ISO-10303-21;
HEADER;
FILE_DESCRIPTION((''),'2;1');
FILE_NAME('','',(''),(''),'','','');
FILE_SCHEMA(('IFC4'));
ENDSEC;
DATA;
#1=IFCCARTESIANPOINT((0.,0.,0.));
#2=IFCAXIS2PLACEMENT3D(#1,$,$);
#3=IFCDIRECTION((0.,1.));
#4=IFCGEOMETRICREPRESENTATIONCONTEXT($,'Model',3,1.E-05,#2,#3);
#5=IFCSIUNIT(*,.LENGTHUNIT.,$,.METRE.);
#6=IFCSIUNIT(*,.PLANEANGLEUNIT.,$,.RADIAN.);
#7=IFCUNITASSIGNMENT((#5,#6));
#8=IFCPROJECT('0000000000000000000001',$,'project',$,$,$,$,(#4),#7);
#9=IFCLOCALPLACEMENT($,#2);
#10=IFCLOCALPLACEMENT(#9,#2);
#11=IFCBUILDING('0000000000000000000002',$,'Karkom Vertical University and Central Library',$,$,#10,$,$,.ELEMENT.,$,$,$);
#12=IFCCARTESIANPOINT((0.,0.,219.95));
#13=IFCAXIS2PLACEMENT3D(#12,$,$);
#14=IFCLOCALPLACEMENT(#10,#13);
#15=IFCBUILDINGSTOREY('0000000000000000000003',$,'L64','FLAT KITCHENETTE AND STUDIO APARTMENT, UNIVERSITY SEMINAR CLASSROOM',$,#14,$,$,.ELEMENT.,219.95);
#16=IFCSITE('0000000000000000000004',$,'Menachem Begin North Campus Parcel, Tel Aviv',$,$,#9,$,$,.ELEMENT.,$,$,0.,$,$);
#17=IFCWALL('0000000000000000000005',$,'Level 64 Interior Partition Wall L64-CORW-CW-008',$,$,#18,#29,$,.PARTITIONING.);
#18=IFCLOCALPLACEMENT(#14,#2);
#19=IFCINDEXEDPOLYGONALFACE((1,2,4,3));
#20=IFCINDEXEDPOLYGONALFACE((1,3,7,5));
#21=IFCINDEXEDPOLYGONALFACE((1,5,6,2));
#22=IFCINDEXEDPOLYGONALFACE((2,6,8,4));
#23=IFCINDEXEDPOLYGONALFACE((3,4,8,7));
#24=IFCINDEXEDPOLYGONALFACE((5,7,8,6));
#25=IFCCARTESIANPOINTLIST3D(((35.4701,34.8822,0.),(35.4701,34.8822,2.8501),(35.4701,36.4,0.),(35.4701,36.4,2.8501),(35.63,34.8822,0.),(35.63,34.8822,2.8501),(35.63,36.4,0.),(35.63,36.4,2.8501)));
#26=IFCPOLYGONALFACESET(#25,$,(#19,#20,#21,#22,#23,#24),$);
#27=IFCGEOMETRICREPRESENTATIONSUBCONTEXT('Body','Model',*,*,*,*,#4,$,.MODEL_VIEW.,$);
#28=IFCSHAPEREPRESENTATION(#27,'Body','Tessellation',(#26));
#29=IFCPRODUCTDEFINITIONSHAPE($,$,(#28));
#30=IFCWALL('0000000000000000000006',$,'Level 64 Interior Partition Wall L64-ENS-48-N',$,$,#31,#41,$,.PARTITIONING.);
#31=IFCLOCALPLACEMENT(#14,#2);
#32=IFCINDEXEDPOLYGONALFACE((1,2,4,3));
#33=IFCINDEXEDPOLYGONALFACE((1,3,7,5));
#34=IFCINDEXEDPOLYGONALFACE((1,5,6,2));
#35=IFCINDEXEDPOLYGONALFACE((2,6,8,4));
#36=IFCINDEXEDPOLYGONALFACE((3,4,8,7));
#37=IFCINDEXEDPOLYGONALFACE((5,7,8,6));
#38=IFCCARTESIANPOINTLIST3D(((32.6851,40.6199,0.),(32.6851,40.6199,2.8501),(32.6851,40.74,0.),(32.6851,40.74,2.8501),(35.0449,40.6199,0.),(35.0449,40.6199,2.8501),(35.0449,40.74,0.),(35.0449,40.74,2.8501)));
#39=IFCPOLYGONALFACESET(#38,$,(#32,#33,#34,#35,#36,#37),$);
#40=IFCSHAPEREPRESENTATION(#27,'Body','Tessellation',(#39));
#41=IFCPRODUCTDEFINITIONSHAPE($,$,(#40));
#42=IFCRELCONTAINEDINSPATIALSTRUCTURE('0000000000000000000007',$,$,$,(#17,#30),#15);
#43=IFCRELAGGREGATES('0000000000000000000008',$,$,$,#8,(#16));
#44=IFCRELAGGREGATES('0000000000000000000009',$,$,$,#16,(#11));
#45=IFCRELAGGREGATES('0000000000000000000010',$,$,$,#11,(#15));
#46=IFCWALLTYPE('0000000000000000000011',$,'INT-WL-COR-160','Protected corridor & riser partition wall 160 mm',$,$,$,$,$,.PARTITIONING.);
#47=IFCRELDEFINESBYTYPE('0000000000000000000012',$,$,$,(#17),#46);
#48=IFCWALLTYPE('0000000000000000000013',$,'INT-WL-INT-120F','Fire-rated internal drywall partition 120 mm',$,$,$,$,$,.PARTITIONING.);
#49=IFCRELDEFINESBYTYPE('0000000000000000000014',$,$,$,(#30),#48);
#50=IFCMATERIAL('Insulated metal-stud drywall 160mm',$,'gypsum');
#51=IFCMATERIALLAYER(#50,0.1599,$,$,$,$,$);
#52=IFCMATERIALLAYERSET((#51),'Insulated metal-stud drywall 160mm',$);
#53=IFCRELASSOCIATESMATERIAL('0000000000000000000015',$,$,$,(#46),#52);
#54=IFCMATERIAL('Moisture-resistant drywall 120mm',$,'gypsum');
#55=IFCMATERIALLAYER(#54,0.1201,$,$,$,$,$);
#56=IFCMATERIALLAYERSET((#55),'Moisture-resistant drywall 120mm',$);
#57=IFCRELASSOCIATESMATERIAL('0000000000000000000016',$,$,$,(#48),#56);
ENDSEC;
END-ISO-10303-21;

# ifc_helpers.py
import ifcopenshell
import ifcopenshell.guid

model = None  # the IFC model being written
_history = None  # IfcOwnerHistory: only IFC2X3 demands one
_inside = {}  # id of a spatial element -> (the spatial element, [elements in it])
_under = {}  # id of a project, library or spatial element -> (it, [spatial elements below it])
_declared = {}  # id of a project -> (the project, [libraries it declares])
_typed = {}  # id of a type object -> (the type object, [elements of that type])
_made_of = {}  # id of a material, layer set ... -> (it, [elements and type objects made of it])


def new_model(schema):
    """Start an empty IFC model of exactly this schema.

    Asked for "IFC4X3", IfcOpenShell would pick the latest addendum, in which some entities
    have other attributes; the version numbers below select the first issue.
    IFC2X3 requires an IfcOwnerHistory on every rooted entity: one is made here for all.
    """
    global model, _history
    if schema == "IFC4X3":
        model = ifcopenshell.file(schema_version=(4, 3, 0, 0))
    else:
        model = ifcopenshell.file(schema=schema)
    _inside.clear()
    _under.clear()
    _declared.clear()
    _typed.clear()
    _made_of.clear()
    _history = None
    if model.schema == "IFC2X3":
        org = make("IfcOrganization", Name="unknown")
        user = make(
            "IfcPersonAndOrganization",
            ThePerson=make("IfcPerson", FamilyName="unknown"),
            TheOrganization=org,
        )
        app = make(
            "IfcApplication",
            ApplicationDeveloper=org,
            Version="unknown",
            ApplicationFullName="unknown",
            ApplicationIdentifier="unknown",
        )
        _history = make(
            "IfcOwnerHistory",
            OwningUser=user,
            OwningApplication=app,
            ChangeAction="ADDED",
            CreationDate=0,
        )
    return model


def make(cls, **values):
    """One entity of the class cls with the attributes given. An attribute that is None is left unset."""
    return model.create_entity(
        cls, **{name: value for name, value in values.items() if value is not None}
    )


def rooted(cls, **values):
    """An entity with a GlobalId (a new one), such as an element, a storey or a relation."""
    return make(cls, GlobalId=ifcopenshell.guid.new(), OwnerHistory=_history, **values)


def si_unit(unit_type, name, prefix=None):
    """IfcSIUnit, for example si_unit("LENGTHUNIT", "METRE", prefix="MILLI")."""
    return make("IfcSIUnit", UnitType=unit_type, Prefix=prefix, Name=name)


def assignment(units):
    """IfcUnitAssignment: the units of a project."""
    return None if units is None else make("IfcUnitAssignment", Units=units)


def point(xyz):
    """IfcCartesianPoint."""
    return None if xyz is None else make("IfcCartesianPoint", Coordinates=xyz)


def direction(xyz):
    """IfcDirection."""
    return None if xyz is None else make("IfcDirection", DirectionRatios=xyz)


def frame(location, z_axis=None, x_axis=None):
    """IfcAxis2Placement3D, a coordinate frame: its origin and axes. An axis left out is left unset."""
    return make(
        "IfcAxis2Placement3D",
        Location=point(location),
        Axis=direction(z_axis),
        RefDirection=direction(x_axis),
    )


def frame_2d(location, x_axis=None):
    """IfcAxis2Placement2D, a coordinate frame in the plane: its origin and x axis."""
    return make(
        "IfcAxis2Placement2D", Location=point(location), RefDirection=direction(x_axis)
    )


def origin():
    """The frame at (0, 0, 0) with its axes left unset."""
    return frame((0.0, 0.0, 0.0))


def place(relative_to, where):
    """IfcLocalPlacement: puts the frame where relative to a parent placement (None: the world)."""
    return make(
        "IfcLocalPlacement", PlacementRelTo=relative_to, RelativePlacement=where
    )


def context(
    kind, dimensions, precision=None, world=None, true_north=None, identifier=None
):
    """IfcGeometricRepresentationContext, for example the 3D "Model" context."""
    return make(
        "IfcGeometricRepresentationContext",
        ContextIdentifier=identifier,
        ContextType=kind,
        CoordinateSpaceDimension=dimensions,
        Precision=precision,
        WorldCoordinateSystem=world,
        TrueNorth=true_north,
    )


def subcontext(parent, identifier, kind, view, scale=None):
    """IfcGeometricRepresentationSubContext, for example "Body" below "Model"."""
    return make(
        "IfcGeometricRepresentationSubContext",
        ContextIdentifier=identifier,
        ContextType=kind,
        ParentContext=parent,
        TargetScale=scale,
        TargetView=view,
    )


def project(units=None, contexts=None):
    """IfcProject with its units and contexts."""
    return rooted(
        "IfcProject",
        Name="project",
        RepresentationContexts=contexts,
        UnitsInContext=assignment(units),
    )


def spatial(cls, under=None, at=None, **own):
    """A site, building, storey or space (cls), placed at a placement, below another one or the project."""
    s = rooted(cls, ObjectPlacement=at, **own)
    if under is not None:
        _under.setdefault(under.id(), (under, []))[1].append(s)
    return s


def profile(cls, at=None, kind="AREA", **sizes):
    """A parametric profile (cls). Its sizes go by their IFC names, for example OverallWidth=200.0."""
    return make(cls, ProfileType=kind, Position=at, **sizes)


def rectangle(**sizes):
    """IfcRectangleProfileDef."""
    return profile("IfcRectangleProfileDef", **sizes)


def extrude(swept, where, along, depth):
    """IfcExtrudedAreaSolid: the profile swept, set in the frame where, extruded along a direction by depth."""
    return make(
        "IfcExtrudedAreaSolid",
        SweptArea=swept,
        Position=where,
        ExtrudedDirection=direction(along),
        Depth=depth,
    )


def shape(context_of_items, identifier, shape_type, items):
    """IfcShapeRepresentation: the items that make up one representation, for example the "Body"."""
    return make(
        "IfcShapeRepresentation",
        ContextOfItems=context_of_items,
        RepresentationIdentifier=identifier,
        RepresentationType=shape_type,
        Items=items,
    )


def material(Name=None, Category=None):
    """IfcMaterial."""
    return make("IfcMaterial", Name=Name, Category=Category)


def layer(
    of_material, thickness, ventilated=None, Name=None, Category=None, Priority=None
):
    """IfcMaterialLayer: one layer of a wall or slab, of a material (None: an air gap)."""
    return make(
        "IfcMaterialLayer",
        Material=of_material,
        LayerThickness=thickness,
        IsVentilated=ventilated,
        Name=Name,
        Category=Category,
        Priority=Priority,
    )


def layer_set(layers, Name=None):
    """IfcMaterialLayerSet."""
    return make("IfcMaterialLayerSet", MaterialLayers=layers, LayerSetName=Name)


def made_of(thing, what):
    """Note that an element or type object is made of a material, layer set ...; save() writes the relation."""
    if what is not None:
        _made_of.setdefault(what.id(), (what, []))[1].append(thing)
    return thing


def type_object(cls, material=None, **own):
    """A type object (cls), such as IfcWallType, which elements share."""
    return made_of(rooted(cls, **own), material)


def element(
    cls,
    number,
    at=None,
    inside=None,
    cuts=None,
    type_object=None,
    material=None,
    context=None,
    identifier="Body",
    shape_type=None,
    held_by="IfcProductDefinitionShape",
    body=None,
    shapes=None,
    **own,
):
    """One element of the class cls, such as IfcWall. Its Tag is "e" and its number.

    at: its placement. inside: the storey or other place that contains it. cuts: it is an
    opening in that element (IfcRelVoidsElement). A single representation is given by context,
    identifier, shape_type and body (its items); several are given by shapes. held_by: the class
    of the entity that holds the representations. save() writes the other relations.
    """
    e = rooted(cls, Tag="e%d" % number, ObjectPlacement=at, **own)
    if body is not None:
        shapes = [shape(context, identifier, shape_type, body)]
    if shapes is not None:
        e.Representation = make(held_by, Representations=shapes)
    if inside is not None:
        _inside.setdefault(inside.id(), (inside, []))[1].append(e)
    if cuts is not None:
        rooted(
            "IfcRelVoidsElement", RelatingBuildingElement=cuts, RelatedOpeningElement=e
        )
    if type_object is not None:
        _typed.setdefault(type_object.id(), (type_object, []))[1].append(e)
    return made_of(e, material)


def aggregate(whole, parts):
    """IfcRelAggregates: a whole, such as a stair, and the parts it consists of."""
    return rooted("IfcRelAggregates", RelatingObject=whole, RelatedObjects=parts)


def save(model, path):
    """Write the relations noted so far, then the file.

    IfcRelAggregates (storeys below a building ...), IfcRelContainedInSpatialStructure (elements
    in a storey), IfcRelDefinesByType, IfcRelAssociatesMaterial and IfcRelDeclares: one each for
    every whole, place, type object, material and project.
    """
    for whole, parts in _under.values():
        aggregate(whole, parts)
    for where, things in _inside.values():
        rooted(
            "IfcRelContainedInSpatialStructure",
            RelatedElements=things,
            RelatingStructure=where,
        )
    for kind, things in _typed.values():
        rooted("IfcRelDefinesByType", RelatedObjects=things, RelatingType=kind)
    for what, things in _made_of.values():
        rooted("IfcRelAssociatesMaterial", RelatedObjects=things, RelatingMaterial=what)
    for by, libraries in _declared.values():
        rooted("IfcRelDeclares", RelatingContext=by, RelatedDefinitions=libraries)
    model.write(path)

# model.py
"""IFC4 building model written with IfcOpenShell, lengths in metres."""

from ifc_helpers import new_model, si_unit, direction, frame, frame_2d, origin, place, context, subcontext, project, spatial, rectangle, extrude, material, layer, layer_set, type_object, element, save


model = new_model("IFC4")

# Units and contexts
model_context = context("Model", 3, precision=1e-05, world=origin(), true_north=direction((0.0, 1.0)))
body_context = subcontext(model_context, "Body", "Model", "MODEL_VIEW")
ifc_project = project(units=[si_unit("LENGTHUNIT", "METRE"), si_unit("PLANEANGLEUNIT", "RADIAN")], contexts=[model_context])

# Site, building, storey
site_placement = place(None, origin())
site = spatial("IfcSite", under=ifc_project, at=site_placement, Name="Menachem Begin North Campus Parcel, Tel Aviv", CompositionType="ELEMENT", RefElevation=0.0)
building_placement = place(site_placement, origin())
building = spatial("IfcBuilding", under=site, at=building_placement, Name="Karkom Vertical University and Central Library", CompositionType="ELEMENT")
storey_placement = place(building_placement, frame((0.0, 0.0, 219.95)))
storey = spatial("IfcBuildingStorey", under=building, at=storey_placement, Name="L64", Description="FLAT KITCHENETTE AND STUDIO APARTMENT, UNIVERSITY SEMINAR CLASSROOM", CompositionType="ELEMENT", Elevation=219.95)

# Shared definitions
ifc_material_1 = material(Name="Insulated metal-stud drywall 160mm", Category="gypsum")
ifc_layer_1 = layer(ifc_material_1, 0.1599)
ifc_layer_set_1 = layer_set([ifc_layer_1], Name="Insulated metal-stud drywall 160mm")
wall_type_1 = type_object("IfcWallType", Name="INT-WL-COR-160", Description="Protected corridor & riser partition wall 160 mm", PredefinedType="PARTITIONING", material=ifc_layer_set_1)

# Walls
wall_1_placement = place(storey_placement, frame((35.55, 36.3999, 0.0), z_axis=(0.0, 0.0, 1.0), x_axis=(0.0, -1.0, 0.0)))
element("IfcWall", 1, at=wall_1_placement, inside=storey, type_object=wall_type_1, Name="Level 64 Interior Partition Wall L64-CORW-CW-008", PredefinedType="PARTITIONING", context=body_context, shape_type="SweptSolid", body=[
    extrude(rectangle(XDim=1.5178, YDim=0.1599, at=frame_2d((0.7588, 0.0))), origin(), (0.0, 0.0, 1.0), 2.8501),
])
ifc_material_2 = material(Name="Moisture-resistant drywall 120mm", Category="gypsum")
ifc_layer_2 = layer(ifc_material_2, 0.1201)
ifc_layer_set_2 = layer_set([ifc_layer_2], Name="Moisture-resistant drywall 120mm")
wall_type_2 = type_object("IfcWallType", Name="INT-WL-INT-120F", Description="Fire-rated internal drywall partition 120 mm", PredefinedType="PARTITIONING", material=ifc_layer_set_2)
wall_2_placement = place(storey_placement, frame((35.0449, 40.6799, 0.0), z_axis=(0.0, 0.0, 1.0), x_axis=(-1.0, 0.0, 0.0)))
element("IfcWall", 2, at=wall_2_placement, inside=storey, type_object=wall_type_2, Name="Level 64 Interior Partition Wall L64-ENS-48-N", PredefinedType="PARTITIONING", context=body_context, shape_type="SweptSolid", body=[
    extrude(rectangle(XDim=2.3599, YDim=0.1201, at=frame_2d((1.1799, 0.0))), origin(), (0.0, 0.0, 1.0), 2.8501),
])

save(model, "model.ifc")
